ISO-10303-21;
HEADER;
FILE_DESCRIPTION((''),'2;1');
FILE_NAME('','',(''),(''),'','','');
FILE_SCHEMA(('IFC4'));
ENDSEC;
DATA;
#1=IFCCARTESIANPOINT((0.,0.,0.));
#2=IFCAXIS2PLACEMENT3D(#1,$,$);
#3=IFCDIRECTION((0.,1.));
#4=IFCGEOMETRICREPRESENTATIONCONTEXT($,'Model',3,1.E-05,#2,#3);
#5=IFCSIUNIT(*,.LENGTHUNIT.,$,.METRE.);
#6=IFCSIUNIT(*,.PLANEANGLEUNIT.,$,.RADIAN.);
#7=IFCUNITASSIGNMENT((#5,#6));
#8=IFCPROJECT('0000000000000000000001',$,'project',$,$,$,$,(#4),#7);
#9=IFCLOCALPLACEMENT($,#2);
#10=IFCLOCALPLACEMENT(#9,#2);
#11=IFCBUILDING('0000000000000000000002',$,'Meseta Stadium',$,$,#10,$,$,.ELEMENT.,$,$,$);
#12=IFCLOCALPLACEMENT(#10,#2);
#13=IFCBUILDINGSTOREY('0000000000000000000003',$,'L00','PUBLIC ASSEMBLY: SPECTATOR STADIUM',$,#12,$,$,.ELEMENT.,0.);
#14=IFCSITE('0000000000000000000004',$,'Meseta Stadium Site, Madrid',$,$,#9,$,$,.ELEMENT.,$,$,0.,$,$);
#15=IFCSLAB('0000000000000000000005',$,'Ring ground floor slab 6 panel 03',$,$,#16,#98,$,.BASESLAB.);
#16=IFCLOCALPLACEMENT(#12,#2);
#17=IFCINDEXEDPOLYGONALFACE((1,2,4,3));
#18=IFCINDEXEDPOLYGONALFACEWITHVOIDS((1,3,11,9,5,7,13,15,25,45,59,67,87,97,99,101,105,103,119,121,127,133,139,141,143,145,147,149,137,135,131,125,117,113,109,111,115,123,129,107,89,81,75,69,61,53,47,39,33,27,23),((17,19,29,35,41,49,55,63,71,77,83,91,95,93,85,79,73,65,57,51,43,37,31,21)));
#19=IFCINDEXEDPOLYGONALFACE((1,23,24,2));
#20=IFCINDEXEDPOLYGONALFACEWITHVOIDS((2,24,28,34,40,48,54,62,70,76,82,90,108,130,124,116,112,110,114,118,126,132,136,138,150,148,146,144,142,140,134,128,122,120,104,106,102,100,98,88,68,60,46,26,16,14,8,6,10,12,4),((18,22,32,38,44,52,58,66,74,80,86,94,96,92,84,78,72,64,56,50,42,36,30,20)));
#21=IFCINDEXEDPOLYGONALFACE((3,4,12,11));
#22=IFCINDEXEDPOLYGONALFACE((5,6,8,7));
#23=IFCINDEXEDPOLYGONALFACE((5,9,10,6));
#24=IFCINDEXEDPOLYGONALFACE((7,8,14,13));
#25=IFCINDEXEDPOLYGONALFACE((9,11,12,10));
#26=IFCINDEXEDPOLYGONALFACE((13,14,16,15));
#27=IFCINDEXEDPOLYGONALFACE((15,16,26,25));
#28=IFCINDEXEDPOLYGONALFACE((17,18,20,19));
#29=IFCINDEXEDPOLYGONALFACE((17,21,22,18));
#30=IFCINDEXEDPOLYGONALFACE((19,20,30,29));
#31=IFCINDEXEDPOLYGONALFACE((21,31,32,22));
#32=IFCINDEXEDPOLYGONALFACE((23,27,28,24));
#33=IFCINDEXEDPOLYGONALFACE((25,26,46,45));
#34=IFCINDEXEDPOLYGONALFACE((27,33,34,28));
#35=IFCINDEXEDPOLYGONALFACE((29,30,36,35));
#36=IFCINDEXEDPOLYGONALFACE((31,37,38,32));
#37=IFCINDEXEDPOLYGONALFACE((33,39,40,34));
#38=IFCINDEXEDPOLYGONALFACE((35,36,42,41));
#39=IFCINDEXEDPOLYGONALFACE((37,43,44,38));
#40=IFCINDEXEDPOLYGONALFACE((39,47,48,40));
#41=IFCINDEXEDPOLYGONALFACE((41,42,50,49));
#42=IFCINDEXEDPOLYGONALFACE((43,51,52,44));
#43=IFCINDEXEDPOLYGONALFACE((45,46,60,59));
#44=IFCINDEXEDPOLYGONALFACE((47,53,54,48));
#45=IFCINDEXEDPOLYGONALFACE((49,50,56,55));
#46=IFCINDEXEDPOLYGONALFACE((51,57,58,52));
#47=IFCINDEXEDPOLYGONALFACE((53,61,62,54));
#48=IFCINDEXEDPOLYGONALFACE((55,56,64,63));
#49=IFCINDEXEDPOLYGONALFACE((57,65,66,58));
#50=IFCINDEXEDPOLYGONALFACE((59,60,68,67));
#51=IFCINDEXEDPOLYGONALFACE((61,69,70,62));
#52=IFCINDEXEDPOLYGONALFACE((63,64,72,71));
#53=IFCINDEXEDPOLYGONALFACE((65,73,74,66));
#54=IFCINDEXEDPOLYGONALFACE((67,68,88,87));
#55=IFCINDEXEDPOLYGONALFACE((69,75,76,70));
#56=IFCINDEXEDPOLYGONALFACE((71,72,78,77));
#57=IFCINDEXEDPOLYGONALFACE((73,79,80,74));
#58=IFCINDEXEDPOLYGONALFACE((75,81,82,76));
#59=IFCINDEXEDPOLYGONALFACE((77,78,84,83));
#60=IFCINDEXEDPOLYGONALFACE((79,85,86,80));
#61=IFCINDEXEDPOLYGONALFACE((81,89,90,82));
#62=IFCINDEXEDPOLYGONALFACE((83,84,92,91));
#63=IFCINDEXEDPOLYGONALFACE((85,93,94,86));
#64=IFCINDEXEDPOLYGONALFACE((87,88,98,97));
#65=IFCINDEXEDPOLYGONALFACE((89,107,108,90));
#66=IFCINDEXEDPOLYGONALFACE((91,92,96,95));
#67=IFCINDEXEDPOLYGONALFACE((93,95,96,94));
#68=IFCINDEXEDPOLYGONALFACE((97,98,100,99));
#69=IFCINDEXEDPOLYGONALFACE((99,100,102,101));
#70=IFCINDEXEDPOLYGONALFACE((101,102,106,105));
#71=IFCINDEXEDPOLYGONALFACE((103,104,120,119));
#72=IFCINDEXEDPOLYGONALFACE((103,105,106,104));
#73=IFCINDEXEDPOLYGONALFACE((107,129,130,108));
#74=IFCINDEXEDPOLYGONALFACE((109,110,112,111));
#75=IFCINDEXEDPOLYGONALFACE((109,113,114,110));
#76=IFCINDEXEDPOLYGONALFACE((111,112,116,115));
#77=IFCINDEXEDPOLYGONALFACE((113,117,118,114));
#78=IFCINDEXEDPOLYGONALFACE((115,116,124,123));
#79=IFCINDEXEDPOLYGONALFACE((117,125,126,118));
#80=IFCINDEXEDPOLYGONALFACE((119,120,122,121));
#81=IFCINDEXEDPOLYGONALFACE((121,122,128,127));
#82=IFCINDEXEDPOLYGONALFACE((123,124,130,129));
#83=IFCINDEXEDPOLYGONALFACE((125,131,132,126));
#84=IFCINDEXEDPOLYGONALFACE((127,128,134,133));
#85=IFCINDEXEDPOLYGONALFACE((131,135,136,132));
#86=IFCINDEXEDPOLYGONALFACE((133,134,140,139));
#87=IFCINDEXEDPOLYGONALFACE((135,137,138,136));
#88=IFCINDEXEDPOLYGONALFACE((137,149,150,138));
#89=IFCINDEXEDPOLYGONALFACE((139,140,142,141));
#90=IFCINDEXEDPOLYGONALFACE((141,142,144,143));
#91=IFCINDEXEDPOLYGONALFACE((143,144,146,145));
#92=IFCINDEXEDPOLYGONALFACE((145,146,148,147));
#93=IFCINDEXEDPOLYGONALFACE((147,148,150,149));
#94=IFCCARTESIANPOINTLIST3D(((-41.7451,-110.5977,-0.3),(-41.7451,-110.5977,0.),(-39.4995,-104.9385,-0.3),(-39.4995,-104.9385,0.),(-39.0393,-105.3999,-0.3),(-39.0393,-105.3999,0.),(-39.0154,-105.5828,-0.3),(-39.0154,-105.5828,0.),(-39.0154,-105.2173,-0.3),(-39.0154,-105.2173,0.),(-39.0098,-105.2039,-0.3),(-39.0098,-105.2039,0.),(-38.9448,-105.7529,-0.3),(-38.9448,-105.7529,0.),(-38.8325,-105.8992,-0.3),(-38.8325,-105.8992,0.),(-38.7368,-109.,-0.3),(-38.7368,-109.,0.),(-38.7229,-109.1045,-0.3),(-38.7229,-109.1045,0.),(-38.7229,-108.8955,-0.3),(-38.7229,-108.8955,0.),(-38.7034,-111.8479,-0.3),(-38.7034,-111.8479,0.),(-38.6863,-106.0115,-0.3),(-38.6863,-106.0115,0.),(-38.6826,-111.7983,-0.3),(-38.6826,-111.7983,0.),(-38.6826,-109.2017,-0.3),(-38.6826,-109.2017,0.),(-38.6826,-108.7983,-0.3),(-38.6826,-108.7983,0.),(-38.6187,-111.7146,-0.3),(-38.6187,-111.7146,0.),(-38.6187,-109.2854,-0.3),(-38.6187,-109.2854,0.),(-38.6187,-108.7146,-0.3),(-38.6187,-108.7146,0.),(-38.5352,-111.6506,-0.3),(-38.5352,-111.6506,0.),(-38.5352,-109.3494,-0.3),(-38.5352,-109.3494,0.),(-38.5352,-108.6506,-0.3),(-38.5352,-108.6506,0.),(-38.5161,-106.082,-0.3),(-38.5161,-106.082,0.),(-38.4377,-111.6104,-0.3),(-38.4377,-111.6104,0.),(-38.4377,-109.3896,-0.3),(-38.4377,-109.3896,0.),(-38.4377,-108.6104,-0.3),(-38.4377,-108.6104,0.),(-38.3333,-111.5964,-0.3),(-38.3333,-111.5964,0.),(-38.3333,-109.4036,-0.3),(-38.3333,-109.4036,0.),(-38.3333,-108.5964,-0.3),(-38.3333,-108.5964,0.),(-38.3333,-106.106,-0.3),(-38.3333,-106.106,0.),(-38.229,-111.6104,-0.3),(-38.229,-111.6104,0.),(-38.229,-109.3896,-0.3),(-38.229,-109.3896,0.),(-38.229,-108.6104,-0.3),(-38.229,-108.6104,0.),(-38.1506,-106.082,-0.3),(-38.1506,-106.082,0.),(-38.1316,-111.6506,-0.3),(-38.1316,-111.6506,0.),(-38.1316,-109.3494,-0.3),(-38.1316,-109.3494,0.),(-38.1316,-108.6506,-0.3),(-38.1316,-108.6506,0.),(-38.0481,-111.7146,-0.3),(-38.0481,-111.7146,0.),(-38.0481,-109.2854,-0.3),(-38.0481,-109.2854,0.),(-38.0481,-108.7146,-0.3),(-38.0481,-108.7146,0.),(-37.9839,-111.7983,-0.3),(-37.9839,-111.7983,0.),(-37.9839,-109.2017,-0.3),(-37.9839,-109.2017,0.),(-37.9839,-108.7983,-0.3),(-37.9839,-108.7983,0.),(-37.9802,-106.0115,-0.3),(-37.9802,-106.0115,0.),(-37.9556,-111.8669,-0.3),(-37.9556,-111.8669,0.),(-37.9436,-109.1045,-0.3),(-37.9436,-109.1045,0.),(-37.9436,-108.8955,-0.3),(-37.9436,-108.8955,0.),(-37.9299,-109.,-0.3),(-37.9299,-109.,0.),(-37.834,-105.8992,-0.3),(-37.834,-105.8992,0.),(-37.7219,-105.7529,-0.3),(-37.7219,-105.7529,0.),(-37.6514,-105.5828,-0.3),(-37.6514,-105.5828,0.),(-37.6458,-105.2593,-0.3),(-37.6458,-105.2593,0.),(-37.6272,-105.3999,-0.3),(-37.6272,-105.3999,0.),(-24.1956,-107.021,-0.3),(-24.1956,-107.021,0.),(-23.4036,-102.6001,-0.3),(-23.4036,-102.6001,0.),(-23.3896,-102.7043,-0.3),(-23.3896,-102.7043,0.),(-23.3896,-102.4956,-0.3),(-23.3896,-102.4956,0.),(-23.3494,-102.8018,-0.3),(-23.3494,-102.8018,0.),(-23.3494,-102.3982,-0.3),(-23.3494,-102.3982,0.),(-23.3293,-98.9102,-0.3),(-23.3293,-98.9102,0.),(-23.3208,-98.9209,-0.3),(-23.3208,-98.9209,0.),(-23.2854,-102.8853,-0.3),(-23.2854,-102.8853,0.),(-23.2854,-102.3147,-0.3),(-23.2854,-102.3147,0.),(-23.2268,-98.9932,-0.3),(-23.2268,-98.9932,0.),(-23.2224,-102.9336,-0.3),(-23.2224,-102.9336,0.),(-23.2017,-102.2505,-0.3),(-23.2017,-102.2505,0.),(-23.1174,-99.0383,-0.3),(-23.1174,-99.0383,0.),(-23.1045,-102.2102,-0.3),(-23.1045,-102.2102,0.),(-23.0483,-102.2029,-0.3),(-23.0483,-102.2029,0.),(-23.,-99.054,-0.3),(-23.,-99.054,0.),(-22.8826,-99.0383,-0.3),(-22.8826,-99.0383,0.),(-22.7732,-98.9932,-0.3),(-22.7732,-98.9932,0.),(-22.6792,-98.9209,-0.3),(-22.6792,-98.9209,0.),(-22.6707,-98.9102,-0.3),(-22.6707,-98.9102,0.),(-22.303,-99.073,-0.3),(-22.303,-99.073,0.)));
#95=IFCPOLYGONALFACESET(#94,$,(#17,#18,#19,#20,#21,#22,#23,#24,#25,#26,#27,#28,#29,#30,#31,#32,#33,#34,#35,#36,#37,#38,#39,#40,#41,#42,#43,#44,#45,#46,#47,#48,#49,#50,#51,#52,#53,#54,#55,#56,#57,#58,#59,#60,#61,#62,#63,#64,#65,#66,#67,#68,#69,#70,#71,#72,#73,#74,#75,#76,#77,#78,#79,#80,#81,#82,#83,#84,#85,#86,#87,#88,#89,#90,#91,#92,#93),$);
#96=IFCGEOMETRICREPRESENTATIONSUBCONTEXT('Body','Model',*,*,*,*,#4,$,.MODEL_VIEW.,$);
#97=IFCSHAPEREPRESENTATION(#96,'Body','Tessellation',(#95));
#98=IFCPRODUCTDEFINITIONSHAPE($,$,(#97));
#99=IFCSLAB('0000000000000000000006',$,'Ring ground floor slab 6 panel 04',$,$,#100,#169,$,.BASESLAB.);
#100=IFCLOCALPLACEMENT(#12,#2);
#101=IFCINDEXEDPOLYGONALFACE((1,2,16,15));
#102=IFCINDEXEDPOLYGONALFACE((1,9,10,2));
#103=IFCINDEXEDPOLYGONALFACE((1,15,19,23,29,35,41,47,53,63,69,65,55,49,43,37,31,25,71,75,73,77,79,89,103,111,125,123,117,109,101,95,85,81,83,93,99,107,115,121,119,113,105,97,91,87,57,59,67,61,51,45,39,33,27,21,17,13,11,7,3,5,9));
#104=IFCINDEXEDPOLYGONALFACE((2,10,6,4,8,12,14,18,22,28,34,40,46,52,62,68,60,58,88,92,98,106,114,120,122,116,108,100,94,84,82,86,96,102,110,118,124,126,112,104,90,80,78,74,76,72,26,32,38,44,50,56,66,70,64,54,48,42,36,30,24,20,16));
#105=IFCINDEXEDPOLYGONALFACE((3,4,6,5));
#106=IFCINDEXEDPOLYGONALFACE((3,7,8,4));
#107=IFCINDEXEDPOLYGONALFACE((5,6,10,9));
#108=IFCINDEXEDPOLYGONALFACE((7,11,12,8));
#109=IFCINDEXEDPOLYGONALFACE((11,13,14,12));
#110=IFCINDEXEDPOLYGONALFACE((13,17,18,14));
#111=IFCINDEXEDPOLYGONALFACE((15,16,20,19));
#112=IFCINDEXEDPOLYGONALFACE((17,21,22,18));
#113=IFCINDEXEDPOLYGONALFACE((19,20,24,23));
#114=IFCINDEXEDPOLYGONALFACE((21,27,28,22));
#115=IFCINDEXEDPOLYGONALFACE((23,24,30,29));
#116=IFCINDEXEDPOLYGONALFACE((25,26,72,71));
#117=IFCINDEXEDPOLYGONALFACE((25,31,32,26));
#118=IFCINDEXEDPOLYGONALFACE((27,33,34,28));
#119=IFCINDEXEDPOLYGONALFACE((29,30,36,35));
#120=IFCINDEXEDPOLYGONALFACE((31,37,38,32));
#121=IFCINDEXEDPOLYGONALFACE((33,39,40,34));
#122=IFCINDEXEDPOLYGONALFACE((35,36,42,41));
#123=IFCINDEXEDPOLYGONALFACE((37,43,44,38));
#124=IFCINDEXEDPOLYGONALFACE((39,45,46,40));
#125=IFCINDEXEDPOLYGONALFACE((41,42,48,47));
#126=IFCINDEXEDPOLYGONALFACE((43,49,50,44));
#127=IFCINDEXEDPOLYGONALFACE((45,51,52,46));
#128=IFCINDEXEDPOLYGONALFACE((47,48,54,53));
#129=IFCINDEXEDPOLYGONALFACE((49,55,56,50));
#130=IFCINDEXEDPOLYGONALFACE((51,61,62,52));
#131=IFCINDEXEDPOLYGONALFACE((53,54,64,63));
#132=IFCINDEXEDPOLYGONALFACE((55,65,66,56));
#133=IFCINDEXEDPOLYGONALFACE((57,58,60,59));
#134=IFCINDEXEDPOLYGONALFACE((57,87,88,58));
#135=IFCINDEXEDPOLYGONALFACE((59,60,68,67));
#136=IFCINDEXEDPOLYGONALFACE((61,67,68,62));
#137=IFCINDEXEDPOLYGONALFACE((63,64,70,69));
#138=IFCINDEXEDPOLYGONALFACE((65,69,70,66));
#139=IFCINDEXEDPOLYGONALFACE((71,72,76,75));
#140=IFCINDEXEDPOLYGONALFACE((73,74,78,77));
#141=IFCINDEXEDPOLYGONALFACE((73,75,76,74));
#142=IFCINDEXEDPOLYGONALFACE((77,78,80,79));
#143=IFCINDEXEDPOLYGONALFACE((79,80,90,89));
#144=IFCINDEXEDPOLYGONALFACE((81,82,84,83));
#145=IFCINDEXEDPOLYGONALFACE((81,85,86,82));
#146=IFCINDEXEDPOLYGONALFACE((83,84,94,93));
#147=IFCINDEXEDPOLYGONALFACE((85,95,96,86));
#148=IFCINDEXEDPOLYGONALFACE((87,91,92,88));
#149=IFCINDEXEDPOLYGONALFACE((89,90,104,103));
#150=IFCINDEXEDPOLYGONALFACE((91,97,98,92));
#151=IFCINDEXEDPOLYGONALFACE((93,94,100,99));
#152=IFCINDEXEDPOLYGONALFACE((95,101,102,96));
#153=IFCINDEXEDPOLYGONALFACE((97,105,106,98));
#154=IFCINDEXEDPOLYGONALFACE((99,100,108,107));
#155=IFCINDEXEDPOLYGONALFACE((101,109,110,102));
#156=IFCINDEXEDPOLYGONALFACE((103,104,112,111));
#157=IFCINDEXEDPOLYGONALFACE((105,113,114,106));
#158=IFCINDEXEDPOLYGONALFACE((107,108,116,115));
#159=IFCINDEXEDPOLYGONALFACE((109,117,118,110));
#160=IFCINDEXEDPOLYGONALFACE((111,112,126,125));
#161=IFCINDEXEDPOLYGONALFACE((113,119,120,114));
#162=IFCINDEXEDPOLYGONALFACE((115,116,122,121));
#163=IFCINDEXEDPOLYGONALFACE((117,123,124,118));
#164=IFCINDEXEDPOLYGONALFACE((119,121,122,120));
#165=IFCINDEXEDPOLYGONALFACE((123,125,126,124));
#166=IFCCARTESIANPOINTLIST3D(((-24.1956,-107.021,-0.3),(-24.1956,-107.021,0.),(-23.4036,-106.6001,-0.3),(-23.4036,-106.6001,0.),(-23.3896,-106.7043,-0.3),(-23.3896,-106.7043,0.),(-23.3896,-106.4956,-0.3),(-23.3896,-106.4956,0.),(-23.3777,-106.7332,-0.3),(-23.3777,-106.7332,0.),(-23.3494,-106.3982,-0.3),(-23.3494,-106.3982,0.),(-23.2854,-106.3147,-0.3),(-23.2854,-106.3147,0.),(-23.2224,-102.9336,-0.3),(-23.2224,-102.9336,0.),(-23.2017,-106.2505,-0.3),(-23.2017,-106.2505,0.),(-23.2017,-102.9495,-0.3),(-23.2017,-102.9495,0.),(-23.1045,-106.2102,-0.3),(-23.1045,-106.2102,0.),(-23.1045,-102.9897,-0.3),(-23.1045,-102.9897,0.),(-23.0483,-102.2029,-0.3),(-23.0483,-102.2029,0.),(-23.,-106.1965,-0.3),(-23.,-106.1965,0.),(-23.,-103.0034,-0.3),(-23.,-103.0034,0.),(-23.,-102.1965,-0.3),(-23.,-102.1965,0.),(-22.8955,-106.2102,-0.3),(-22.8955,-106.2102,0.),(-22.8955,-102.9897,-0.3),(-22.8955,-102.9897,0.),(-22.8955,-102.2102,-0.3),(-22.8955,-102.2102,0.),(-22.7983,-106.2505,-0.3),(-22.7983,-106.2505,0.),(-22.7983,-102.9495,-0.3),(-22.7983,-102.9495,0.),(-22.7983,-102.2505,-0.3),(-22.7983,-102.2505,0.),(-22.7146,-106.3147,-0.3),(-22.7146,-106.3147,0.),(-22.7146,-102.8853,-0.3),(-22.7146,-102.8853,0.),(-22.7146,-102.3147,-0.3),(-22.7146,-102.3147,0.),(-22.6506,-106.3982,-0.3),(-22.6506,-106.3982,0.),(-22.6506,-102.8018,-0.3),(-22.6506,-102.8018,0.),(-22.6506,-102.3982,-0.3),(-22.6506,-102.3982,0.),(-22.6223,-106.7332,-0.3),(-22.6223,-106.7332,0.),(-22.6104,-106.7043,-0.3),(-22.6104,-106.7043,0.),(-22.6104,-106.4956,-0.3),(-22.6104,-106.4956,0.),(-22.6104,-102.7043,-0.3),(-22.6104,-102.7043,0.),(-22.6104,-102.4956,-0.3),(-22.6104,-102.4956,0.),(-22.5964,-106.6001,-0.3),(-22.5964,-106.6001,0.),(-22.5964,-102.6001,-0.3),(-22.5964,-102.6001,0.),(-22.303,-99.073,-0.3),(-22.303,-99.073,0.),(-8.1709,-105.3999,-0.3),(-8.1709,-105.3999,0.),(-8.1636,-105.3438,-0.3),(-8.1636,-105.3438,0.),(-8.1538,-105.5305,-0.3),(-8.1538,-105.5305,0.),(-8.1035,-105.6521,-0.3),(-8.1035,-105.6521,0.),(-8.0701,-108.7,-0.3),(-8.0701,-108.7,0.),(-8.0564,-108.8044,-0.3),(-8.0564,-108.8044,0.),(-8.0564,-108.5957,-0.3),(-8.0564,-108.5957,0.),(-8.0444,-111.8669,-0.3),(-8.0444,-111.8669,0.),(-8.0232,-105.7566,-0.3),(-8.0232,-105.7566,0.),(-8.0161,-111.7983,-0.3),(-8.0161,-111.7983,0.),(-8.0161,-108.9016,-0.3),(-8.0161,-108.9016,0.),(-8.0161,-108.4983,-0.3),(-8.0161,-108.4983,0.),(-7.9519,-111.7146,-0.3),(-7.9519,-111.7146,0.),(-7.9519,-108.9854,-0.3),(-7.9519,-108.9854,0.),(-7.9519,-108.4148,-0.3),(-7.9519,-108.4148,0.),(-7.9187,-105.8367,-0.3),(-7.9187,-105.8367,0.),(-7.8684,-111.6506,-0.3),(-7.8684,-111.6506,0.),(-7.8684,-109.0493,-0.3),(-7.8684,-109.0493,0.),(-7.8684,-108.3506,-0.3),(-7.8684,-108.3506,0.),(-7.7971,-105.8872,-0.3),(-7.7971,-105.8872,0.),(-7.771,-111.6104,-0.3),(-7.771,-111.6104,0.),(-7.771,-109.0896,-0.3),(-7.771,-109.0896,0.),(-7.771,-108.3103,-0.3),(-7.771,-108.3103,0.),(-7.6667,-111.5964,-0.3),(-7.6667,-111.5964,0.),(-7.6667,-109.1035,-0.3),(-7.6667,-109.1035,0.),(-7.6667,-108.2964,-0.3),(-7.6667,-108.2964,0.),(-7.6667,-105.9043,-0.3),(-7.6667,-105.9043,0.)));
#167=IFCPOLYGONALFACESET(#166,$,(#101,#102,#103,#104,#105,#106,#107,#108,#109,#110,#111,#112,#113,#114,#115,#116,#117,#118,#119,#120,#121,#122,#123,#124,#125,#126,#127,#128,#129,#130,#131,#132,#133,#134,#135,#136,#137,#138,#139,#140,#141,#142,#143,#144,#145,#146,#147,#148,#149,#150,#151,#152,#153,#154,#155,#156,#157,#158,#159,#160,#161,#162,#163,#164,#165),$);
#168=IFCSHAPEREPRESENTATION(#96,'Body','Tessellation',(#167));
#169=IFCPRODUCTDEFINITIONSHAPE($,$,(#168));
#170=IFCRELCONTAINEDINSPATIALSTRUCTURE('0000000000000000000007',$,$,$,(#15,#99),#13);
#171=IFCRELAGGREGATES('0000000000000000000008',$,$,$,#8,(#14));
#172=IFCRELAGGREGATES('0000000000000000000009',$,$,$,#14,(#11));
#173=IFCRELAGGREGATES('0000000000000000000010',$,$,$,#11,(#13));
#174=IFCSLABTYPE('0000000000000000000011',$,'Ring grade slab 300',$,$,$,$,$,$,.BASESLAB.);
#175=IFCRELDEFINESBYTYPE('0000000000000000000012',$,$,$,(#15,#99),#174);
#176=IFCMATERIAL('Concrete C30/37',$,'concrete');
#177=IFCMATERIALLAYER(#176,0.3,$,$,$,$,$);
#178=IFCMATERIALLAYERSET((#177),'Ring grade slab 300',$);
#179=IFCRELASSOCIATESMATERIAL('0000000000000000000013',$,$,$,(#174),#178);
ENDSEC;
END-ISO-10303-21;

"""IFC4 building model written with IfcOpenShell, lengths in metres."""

from ifc_helpers import new_model, si_unit, direction, frame, origin, place, context, subcontext, project, spatial, polyline, outline, extrude, material, layer, layer_set, type_object, element, save


model = new_model("IFC4")

# Units and contexts
model_context = context("Model", 3, precision=1e-05, world=origin(), true_north=direction((0.0, 1.0)))
body_context = subcontext(model_context, "Body", "Model", "MODEL_VIEW")
ifc_project = project(units=[si_unit("LENGTHUNIT", "METRE"), si_unit("PLANEANGLEUNIT", "RADIAN")], contexts=[model_context])

# Site, building, storey
site_placement = place(None, origin())
site = spatial("IfcSite", under=ifc_project, at=site_placement, Name="Meseta Stadium Site, Madrid", CompositionType="ELEMENT", RefElevation=0.0)
building_placement = place(site_placement, origin())
building = spatial("IfcBuilding", under=site, at=building_placement, Name="Meseta Stadium", CompositionType="ELEMENT")
storey_placement = place(building_placement, origin())
storey = spatial("IfcBuildingStorey", under=building, at=storey_placement, Name="L00", Description="PUBLIC ASSEMBLY: SPECTATOR STADIUM", CompositionType="ELEMENT", Elevation=0.0)

# Slabs
ifc_material_1 = material(Name="Concrete C30/37", Category="concrete")
ifc_layer_1 = layer(ifc_material_1, 0.3)
ifc_layer_set_1 = layer_set([ifc_layer_1], Name="Ring grade slab 300")
slab_type_1 = type_object("IfcSlabType", Name="Ring grade slab 300", PredefinedType="BASESLAB", material=ifc_layer_set_1)
slab_1_placement = place(storey_placement, frame((0.0, 0.0, -0.3)))
element("IfcSlab", 1, at=slab_1_placement, inside=storey, type_object=slab_type_1, Name="Ring ground floor slab 6 panel 03", PredefinedType="BASESLAB", context=body_context, shape_type="SweptSolid", body=[
    extrude(outline(polyline([(-37.9839, -111.7983), (-37.9556, -111.8669), (-24.1956, -107.021), (-23.2224, -102.9336), (-23.2854, -102.8853), (-23.3494, -102.8018), (-23.3896, -102.7043), (-23.4036, -102.6001), (-23.3896, -102.4956), (-23.3494, -102.3982), (-23.2854, -102.3147), (-23.2017, -102.2505), (-23.1045, -102.2102), (-23.0483, -102.2029), (-22.303, -99.073), (-22.6707, -98.9102), (-22.6792, -98.9209), (-22.7732, -98.9932), (-22.8826, -99.0383), (-23.0, -99.054), (-23.1174, -99.0383), (-23.2268, -98.9932), (-23.3208, -98.9209), (-23.3293, -98.9102), (-37.6458, -105.2593), (-37.6272, -105.3999), (-37.6514, -105.5828), (-37.7219, -105.7529), (-37.834, -105.8992), (-37.9802, -106.0115), (-38.1506, -106.082), (-38.3333, -106.106), (-38.5161, -106.082), (-38.6863, -106.0115), (-38.8325, -105.8992), (-38.9448, -105.7529), (-39.0154, -105.5828), (-39.0393, -105.3999), (-39.0154, -105.2173), (-39.0098, -105.2039), (-39.4995, -104.9385), (-41.7451, -110.5977), (-38.7034, -111.8479), (-38.6826, -111.7983), (-38.6187, -111.7146), (-38.5352, -111.6506), (-38.4377, -111.6104), (-38.3333, -111.5964), (-38.229, -111.6104), (-38.1316, -111.6506), (-38.0481, -111.7146), (-37.9839, -111.7983)]), holes=[polyline([(-38.4377, -109.3896), (-38.5352, -109.3494), (-38.6187, -109.2854), (-38.6826, -109.2017), (-38.7229, -109.1045), (-38.7368, -109.0), (-38.7229, -108.8955), (-38.6826, -108.7983), (-38.6187, -108.7146), (-38.5352, -108.6506), (-38.4377, -108.6104), (-38.3333, -108.5964), (-38.229, -108.6104), (-38.1316, -108.6506), (-38.0481, -108.7146), (-37.9839, -108.7983), (-37.9436, -108.8955), (-37.9299, -109.0), (-37.9436, -109.1045), (-37.9839, -109.2017), (-38.0481, -109.2854), (-38.1316, -109.3494), (-38.229, -109.3896), (-38.3333, -109.4036), (-38.4377, -109.3896)])]), origin(), (0.0, 0.0, 1.0), 0.3),
])
slab_2_placement = place(storey_placement, frame((0.0, 0.0, -0.3)))
element("IfcSlab", 2, at=slab_2_placement, inside=storey, type_object=slab_type_1, Name="Ring ground floor slab 6 panel 04", PredefinedType="BASESLAB", context=body_context, shape_type="SweptSolid", body=[
    extrude(outline(polyline([(-22.6104, -106.4956), (-22.5964, -106.6001), (-22.6104, -106.7043), (-22.6223, -106.7332), (-8.0444, -111.8669), (-8.0161, -111.7983), (-7.9519, -111.7146), (-7.8684, -111.6506), (-7.771, -111.6104), (-7.6667, -111.5964), (-7.6667, -109.1035), (-7.771, -109.0896), (-7.8684, -109.0493), (-7.9519, -108.9854), (-8.0161, -108.9016), (-8.0564, -108.8044), (-8.0701, -108.7), (-8.0564, -108.5957), (-8.0161, -108.4983), (-7.9519, -108.4148), (-7.8684, -108.3506), (-7.771, -108.3103), (-7.6667, -108.2964), (-7.6667, -105.9043), (-7.7971, -105.8872), (-7.9187, -105.8367), (-8.0232, -105.7566), (-8.1035, -105.6521), (-8.1538, -105.5305), (-8.1709, -105.3999), (-8.1636, -105.3438), (-22.303, -99.073), (-23.0483, -102.2029), (-23.0, -102.1965), (-22.8955, -102.2102), (-22.7983, -102.2505), (-22.7146, -102.3147), (-22.6506, -102.3982), (-22.6104, -102.4956), (-22.5964, -102.6001), (-22.6104, -102.7043), (-22.6506, -102.8018), (-22.7146, -102.8853), (-22.7983, -102.9495), (-22.8955, -102.9897), (-23.0, -103.0034), (-23.1045, -102.9897), (-23.2017, -102.9495), (-23.2224, -102.9336), (-24.1956, -107.021), (-23.3777, -106.7332), (-23.3896, -106.7043), (-23.4036, -106.6001), (-23.3896, -106.4956), (-23.3494, -106.3982), (-23.2854, -106.3147), (-23.2017, -106.2505), (-23.1045, -106.2102), (-23.0, -106.1965), (-22.8955, -106.2102), (-22.7983, -106.2505), (-22.7146, -106.3147), (-22.6506, -106.3982), (-22.6104, -106.4956)])), origin(), (0.0, 0.0, 1.0), 0.3),
])

save(model, "model.ifc")
